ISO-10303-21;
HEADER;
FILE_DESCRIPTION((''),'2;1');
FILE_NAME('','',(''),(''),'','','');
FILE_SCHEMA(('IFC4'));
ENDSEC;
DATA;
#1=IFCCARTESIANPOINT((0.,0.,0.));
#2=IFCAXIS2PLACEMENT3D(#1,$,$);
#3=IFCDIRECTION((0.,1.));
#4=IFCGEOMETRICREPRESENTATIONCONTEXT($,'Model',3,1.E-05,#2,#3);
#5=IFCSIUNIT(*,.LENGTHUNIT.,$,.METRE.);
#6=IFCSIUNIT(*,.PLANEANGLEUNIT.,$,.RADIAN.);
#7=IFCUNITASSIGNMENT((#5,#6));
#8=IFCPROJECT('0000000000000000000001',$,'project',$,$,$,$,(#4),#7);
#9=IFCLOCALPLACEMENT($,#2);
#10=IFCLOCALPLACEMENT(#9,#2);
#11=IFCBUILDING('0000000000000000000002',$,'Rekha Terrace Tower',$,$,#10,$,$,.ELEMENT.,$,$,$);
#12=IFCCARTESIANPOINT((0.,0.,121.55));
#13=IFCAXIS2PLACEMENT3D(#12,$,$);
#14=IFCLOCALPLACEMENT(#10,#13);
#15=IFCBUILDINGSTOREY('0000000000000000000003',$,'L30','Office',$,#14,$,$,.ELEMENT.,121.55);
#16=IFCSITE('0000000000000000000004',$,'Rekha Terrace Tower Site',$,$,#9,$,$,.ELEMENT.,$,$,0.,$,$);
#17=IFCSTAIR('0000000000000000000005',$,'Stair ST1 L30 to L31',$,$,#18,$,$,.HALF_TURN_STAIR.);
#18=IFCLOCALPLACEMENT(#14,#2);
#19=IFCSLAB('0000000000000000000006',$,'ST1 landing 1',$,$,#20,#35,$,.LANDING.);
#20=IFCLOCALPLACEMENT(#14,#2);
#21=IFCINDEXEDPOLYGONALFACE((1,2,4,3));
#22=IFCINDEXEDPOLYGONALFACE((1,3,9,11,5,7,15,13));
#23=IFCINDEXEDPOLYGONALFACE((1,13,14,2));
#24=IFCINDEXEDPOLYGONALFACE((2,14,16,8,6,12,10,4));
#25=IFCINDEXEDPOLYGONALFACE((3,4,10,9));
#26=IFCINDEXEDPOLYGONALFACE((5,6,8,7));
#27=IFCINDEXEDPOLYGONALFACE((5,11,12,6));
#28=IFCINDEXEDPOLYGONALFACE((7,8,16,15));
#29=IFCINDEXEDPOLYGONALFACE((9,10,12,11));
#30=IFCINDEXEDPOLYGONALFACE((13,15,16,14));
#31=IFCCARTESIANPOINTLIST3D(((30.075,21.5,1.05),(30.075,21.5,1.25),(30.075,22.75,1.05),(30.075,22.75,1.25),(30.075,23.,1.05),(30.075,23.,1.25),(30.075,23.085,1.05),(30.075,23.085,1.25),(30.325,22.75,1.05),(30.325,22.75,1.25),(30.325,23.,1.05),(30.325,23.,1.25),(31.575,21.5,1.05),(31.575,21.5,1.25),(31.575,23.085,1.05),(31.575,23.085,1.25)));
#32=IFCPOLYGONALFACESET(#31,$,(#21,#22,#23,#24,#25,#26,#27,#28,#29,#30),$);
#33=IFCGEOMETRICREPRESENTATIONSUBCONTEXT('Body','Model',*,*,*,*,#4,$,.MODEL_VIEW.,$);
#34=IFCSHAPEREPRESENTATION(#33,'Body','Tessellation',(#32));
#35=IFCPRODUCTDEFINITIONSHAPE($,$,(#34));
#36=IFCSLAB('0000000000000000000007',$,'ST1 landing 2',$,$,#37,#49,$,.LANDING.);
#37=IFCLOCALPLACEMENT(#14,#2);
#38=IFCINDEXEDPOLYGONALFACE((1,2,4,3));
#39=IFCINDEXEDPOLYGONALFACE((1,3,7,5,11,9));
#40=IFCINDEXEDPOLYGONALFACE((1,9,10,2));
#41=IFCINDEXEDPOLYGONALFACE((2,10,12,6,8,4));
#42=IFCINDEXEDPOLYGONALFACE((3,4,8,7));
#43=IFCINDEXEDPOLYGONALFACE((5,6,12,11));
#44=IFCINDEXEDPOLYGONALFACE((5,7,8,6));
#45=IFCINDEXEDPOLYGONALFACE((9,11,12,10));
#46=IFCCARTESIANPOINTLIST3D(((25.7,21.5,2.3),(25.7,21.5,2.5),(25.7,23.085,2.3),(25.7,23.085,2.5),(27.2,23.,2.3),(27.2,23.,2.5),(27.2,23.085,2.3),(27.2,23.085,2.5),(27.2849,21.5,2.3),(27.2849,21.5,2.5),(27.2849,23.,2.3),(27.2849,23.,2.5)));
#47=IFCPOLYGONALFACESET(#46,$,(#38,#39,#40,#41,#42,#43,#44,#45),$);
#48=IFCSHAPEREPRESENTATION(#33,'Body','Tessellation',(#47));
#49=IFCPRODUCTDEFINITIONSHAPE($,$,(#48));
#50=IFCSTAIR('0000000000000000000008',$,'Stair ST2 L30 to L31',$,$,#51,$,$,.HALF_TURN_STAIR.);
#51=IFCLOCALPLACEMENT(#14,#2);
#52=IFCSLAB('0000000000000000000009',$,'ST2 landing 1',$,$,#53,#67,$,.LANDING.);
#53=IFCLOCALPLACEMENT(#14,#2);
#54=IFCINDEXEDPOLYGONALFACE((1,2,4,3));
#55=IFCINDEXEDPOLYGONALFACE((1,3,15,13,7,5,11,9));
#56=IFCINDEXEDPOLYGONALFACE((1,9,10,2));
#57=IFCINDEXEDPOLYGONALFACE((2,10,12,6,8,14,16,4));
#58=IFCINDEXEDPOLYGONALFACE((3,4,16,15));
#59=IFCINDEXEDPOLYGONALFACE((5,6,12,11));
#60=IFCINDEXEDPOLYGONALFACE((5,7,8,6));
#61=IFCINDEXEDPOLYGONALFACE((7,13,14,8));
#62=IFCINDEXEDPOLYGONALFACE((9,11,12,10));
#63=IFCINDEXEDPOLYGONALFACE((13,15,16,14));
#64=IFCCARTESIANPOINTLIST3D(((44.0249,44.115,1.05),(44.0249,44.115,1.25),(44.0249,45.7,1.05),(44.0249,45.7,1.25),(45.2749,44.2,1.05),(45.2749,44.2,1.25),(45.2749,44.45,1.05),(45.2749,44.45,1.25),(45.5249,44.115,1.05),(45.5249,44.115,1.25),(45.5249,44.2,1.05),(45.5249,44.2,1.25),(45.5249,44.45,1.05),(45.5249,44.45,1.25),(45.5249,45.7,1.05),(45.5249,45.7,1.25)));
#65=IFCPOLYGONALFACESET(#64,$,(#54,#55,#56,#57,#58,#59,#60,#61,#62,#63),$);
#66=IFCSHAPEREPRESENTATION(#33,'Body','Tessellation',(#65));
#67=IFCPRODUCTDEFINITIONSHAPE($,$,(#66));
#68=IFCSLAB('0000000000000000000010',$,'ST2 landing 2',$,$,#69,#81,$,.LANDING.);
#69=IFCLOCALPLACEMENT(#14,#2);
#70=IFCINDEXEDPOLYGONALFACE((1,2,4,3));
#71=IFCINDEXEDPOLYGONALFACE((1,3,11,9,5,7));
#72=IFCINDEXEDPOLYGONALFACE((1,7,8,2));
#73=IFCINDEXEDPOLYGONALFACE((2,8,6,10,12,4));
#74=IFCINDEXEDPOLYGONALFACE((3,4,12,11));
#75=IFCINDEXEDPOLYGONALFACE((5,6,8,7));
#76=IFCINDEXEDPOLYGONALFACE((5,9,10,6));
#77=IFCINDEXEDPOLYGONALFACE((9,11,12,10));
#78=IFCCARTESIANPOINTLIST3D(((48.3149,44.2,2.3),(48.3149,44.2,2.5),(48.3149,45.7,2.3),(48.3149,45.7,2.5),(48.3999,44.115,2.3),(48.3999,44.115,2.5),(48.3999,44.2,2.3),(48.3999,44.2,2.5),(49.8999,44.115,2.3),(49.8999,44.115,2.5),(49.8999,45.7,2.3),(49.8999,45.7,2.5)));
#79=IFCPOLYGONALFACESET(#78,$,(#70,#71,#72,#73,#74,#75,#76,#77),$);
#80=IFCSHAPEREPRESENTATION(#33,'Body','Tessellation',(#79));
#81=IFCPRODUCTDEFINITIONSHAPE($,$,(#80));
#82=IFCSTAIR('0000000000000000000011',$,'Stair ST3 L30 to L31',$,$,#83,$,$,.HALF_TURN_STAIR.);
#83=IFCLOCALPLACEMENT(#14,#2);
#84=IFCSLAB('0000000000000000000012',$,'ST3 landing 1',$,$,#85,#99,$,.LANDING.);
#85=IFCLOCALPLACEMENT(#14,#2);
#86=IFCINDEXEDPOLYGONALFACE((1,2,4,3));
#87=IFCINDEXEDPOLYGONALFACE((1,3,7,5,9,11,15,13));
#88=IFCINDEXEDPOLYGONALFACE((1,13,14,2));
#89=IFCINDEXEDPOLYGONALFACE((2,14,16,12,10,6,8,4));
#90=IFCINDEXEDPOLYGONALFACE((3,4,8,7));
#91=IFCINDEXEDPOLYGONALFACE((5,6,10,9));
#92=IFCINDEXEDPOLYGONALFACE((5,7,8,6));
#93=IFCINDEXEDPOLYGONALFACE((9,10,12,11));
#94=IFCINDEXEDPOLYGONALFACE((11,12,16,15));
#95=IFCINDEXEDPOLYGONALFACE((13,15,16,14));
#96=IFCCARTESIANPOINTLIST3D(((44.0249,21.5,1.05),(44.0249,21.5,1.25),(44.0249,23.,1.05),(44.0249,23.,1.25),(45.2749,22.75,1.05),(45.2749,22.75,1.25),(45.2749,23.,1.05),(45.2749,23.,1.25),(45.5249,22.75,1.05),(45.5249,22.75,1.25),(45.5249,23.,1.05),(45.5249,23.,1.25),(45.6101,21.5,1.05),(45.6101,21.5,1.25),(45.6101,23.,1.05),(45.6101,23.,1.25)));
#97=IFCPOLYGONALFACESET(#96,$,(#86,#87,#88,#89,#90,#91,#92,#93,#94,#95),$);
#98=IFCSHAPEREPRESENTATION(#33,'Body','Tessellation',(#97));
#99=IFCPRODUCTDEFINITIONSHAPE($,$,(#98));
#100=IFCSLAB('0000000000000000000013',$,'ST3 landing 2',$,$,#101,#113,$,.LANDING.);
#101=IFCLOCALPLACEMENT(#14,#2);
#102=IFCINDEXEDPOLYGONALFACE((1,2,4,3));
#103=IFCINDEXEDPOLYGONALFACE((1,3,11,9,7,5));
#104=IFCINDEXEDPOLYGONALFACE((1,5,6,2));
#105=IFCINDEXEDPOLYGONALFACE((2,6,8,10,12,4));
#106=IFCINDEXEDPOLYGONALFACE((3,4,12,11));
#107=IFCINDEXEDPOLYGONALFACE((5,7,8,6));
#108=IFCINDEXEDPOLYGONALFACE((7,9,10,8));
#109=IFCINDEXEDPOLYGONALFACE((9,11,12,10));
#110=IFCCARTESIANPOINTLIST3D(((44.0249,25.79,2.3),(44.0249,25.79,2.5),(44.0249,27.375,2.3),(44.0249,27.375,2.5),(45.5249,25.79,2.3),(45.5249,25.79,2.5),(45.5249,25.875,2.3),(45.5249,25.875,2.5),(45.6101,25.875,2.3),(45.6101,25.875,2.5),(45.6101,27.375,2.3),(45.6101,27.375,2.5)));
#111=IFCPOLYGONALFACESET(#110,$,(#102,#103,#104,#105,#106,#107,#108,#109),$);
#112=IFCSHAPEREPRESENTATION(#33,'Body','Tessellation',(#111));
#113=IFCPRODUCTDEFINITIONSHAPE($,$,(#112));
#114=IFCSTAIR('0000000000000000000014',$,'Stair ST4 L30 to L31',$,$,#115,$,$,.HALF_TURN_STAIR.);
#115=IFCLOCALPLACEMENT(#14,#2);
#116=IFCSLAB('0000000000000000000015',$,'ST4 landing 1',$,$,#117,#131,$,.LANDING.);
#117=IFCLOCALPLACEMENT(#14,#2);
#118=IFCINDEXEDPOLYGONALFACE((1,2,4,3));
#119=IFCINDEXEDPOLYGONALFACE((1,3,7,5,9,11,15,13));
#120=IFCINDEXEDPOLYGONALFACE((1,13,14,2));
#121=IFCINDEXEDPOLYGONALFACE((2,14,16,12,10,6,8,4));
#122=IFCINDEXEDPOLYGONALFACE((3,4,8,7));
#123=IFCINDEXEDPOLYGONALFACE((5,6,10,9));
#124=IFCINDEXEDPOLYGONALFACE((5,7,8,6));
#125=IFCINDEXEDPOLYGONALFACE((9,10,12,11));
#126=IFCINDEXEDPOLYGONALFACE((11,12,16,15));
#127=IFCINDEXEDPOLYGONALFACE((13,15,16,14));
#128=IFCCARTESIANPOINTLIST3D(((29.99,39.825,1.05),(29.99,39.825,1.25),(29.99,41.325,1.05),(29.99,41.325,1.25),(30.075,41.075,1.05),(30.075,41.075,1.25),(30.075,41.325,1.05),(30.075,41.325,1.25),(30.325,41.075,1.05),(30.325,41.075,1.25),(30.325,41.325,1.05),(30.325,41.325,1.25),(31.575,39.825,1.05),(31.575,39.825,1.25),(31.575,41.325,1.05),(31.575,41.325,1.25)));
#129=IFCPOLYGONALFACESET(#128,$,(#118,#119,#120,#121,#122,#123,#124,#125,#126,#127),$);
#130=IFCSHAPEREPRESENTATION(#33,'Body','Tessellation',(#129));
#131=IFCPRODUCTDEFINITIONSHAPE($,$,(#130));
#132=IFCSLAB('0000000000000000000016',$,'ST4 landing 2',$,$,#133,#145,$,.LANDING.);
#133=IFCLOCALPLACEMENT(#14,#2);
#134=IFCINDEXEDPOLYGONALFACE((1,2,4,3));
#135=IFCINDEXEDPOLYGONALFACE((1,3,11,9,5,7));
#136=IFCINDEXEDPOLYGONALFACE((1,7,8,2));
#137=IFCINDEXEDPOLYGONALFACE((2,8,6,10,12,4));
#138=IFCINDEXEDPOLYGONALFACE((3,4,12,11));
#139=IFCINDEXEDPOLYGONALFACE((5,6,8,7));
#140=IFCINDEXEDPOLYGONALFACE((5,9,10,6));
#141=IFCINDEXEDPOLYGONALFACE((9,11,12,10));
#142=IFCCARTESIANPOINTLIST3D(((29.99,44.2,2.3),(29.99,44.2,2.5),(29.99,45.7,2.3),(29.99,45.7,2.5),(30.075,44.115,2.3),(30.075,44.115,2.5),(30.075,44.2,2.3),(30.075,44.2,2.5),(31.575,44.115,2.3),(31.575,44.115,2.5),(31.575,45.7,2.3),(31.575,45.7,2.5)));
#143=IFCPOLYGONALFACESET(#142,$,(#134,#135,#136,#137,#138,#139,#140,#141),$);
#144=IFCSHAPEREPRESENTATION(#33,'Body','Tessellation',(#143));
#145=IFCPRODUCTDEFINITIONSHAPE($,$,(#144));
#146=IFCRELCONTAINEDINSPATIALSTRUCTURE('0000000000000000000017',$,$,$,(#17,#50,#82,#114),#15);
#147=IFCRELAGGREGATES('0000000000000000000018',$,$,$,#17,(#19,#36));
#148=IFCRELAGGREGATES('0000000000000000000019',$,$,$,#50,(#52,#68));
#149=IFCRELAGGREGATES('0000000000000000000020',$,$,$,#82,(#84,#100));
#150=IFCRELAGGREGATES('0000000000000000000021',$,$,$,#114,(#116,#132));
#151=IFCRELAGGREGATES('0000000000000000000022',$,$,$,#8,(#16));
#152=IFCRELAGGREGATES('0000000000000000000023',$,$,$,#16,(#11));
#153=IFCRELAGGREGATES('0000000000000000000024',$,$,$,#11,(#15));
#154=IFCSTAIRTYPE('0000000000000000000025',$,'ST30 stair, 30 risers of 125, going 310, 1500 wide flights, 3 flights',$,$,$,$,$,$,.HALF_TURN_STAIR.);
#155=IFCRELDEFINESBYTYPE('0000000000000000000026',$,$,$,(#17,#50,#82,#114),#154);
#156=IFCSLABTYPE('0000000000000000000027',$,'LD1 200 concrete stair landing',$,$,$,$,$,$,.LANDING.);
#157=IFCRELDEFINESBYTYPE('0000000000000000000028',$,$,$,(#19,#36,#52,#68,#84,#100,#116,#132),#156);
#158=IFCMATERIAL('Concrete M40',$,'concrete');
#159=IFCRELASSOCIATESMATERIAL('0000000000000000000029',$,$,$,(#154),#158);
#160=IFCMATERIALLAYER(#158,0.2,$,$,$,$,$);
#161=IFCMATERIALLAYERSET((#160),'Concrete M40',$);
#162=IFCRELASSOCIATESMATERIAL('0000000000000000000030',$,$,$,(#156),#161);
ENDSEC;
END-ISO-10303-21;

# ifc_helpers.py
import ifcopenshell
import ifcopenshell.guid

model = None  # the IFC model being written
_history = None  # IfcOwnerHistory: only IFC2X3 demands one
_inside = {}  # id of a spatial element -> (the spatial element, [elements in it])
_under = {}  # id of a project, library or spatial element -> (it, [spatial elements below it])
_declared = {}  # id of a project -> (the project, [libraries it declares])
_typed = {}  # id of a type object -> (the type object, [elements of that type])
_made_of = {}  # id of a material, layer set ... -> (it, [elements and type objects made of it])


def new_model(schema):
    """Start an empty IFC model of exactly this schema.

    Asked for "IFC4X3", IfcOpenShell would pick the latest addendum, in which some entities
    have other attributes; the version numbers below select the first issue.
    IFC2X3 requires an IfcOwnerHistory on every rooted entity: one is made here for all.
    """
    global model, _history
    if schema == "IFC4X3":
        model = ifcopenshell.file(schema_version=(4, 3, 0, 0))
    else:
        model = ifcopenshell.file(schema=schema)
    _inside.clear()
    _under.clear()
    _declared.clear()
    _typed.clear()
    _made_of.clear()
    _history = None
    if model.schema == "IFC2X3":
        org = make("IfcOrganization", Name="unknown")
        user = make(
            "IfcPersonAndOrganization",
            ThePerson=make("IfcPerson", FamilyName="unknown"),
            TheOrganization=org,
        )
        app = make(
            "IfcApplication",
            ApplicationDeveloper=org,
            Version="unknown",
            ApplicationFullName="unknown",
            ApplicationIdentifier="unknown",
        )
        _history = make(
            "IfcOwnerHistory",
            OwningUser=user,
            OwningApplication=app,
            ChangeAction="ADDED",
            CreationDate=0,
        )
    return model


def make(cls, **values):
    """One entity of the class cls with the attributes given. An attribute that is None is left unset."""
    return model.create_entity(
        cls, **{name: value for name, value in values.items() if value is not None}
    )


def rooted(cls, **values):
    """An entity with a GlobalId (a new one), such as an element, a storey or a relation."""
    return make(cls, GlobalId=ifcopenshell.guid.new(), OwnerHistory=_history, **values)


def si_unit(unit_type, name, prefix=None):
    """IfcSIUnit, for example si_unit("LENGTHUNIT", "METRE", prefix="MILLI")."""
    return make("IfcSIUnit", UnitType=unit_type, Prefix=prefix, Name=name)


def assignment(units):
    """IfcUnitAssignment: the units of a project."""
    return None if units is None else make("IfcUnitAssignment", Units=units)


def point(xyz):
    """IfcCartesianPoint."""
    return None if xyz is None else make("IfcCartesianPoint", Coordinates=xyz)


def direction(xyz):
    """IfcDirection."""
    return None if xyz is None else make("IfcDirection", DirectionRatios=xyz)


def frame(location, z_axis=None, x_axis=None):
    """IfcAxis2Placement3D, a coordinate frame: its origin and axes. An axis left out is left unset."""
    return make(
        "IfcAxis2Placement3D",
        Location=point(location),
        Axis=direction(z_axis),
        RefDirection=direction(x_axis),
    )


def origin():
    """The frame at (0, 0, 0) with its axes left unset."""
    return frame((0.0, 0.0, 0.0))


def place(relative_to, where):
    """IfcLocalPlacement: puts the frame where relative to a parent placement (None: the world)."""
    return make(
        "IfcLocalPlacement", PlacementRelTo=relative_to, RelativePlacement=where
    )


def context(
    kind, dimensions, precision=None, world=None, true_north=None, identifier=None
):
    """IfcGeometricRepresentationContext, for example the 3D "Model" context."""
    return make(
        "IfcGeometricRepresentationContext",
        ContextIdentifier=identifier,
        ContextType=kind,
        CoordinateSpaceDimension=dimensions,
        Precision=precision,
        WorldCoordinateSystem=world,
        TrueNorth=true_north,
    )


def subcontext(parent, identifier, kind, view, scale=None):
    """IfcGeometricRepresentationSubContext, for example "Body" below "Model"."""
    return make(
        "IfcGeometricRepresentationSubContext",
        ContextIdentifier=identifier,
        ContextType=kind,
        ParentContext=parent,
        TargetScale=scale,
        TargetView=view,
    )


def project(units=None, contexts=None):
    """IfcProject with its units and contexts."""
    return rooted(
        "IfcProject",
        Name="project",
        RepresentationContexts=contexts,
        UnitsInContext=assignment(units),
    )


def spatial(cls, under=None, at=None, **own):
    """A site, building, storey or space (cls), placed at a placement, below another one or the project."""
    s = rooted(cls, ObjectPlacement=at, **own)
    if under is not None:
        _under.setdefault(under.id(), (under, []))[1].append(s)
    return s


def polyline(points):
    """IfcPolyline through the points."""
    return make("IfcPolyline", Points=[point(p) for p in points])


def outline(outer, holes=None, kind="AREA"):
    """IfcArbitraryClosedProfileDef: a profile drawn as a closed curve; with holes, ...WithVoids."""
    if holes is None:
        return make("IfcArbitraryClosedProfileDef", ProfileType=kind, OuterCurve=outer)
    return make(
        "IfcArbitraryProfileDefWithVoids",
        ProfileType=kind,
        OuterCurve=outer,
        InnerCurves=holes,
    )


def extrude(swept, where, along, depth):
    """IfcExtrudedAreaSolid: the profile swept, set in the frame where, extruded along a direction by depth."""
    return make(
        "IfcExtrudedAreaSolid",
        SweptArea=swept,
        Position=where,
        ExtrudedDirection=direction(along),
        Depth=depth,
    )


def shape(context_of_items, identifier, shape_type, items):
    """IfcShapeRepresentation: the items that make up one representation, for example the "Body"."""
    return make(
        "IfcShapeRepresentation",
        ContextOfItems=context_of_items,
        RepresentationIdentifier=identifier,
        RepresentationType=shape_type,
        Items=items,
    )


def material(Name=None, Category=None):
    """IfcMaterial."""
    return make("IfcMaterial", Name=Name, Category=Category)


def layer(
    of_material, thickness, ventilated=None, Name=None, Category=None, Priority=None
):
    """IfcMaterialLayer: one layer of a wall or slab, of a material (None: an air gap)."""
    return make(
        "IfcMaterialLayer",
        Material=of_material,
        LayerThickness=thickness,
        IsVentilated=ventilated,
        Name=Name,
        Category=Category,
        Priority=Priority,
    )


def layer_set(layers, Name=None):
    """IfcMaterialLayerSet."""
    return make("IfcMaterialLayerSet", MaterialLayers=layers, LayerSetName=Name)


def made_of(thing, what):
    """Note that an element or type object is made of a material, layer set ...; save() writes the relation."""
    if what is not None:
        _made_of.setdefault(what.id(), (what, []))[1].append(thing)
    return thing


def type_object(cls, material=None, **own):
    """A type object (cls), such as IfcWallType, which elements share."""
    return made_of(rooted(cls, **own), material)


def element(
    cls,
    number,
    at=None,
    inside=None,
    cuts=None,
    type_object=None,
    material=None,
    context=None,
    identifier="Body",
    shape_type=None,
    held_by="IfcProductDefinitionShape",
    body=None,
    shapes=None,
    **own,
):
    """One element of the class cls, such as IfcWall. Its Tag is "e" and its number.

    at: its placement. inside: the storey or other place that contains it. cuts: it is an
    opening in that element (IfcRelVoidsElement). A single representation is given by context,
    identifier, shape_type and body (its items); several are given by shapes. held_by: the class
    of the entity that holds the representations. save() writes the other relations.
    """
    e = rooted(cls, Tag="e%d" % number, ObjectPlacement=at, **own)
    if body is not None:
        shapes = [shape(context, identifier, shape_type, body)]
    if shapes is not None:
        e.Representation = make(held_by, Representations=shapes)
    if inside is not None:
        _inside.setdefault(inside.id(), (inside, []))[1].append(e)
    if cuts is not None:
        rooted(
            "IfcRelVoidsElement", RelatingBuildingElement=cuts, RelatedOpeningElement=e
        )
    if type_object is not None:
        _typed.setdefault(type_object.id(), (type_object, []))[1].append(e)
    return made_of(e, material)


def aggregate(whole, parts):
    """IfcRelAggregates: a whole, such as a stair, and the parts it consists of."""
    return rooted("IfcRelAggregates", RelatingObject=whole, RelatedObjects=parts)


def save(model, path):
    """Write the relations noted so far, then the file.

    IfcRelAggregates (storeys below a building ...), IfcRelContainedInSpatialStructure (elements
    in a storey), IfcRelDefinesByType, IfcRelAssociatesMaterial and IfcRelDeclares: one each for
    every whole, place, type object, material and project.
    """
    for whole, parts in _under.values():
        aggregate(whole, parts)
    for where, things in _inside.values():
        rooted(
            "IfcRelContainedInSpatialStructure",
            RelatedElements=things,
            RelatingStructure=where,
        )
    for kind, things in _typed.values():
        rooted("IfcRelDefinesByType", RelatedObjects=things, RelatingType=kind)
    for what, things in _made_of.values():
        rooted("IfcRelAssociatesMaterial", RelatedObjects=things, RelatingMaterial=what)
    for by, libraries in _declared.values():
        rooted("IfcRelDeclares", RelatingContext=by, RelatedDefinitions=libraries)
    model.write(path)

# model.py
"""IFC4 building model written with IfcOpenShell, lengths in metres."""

from ifc_helpers import new_model, si_unit, direction, frame, origin, place, context, subcontext, project, spatial, polyline, outline, extrude, material, layer, layer_set, type_object, element, aggregate, save


model = new_model("IFC4")

# Units and contexts
model_context = context("Model", 3, precision=1e-05, world=origin(), true_north=direction((0.0, 1.0)))
body_context = subcontext(model_context, "Body", "Model", "MODEL_VIEW")
ifc_project = project(units=[si_unit("LENGTHUNIT", "METRE"), si_unit("PLANEANGLEUNIT", "RADIAN")], contexts=[model_context])

# Site, building, storey
site_placement = place(None, origin())
site = spatial("IfcSite", under=ifc_project, at=site_placement, Name="Rekha Terrace Tower Site", CompositionType="ELEMENT", RefElevation=0.0)
building_placement = place(site_placement, origin())
building = spatial("IfcBuilding", under=site, at=building_placement, Name="Rekha Terrace Tower", CompositionType="ELEMENT")
storey_placement = place(building_placement, frame((0.0, 0.0, 121.55)))
storey = spatial("IfcBuildingStorey", under=building, at=storey_placement, Name="L30", Description="Office", CompositionType="ELEMENT", Elevation=121.55)

# Stairs, slabs
ifc_material_1 = material(Name="Concrete M40", Category="concrete")
stair_type = type_object("IfcStairType", Name="ST30 stair, 30 risers of 125, going 310, 1500 wide flights, 3 flights", PredefinedType="HALF_TURN_STAIR", material=ifc_material_1)
stair_1_placement = place(storey_placement, origin())
stair_1 = element("IfcStair", 1, at=stair_1_placement, inside=storey, type_object=stair_type, Name="Stair ST1 L30 to L31", PredefinedType="HALF_TURN_STAIR")
ifc_layer_1 = layer(ifc_material_1, 0.2)
ifc_layer_set_1 = layer_set([ifc_layer_1], Name="Concrete M40")
slab_type_1 = type_object("IfcSlabType", Name="LD1 200 concrete stair landing", PredefinedType="LANDING", material=ifc_layer_set_1)
slab_1_placement = place(storey_placement, frame((0.0, 0.0, 1.05)))
slab_1 = element("IfcSlab", 2, at=slab_1_placement, type_object=slab_type_1, Name="ST1 landing 1", PredefinedType="LANDING", context=body_context, shape_type="SweptSolid", body=[
    extrude(outline(polyline([(30.075, 21.5), (31.575, 21.5), (31.575, 23.085), (30.075, 23.085), (30.075, 23.0), (30.325, 23.0), (30.325, 22.75), (30.075, 22.75), (30.075, 21.5)])), origin(), (0.0, 0.0, 1.0), 0.2),
])
slab_2_placement = place(storey_placement, frame((0.0, 0.0, 2.3)))
slab_2 = element("IfcSlab", 3, at=slab_2_placement, type_object=slab_type_1, Name="ST1 landing 2", PredefinedType="LANDING", context=body_context, shape_type="SweptSolid", body=[
    extrude(outline(polyline([(27.2, 23.085), (25.7, 23.085), (25.7, 21.5), (27.2849, 21.5), (27.2849, 23.0), (27.2, 23.0), (27.2, 23.085)])), origin(), (0.0, 0.0, 1.0), 0.2),
])
aggregate(stair_1, [slab_1, slab_2])
stair_2_placement = place(storey_placement, origin())
stair_2 = element("IfcStair", 4, at=stair_2_placement, inside=storey, type_object=stair_type, Name="Stair ST2 L30 to L31", PredefinedType="HALF_TURN_STAIR")
slab_3_placement = place(storey_placement, frame((0.0, 0.0, 1.05)))
slab_3 = element("IfcSlab", 5, at=slab_3_placement, type_object=slab_type_1, Name="ST2 landing 1", PredefinedType="LANDING", context=body_context, shape_type="SweptSolid", body=[
    extrude(outline(polyline([(45.5249, 45.7), (44.0249, 45.7), (44.0249, 44.115), (45.5249, 44.115), (45.5249, 44.2), (45.2749, 44.2), (45.2749, 44.45), (45.5249, 44.45), (45.5249, 45.7)])), origin(), (0.0, 0.0, 1.0), 0.2),
])
slab_4_placement = place(storey_placement, frame((0.0, 0.0, 2.3)))
slab_4 = element("IfcSlab", 6, at=slab_4_placement, type_object=slab_type_1, Name="ST2 landing 2", PredefinedType="LANDING", context=body_context, shape_type="SweptSolid", body=[
    extrude(outline(polyline([(48.3999, 44.115), (49.8999, 44.115), (49.8999, 45.7), (48.3149, 45.7), (48.3149, 44.2), (48.3999, 44.2), (48.3999, 44.115)])), origin(), (0.0, 0.0, 1.0), 0.2),
])
aggregate(stair_2, [slab_3, slab_4])
stair_3_placement = place(storey_placement, origin())
stair_3 = element("IfcStair", 7, at=stair_3_placement, inside=storey, type_object=stair_type, Name="Stair ST3 L30 to L31", PredefinedType="HALF_TURN_STAIR")
slab_5_placement = place(storey_placement, frame((0.0, 0.0, 1.05)))
slab_5 = element("IfcSlab", 8, at=slab_5_placement, type_object=slab_type_1, Name="ST3 landing 1", PredefinedType="LANDING", context=body_context, shape_type="SweptSolid", body=[
    extrude(outline(polyline([(44.0249, 23.0), (44.0249, 21.5), (45.6101, 21.5), (45.6101, 23.0), (45.5249, 23.0), (45.5249, 22.75), (45.2749, 22.75), (45.2749, 23.0), (44.0249, 23.0)])), origin(), (0.0, 0.0, 1.0), 0.2),
])
slab_6_placement = place(storey_placement, frame((0.0, 0.0, 2.3)))
slab_6 = element("IfcSlab", 9, at=slab_6_placement, type_object=slab_type_1, Name="ST3 landing 2", PredefinedType="LANDING", context=body_context, shape_type="SweptSolid", body=[
    extrude(outline(polyline([(45.6101, 25.875), (45.6101, 27.375), (44.0249, 27.375), (44.0249, 25.79), (45.5249, 25.79), (45.5249, 25.875), (45.6101, 25.875)])), origin(), (0.0, 0.0, 1.0), 0.2),
])
aggregate(stair_3, [slab_5, slab_6])
stair_4_placement = place(storey_placement, origin())
stair_4 = element("IfcStair", 10, at=stair_4_placement, inside=storey, type_object=stair_type, Name="Stair ST4 L30 to L31", PredefinedType="HALF_TURN_STAIR")
slab_7_placement = place(storey_placement, frame((0.0, 0.0, 1.05)))
slab_7 = element("IfcSlab", 11, at=slab_7_placement, type_object=slab_type_1, Name="ST4 landing 1", PredefinedType="LANDING", context=body_context, shape_type="SweptSolid", body=[
    extrude(outline(polyline([(31.575, 41.325), (31.575, 39.825), (29.99, 39.825), (29.99, 41.325), (30.075, 41.325), (30.075, 41.075), (30.325, 41.075), (30.325, 41.325), (31.575, 41.325)])), origin(), (0.0, 0.0, 1.0), 0.2),
])
slab_8_placement = place(storey_placement, frame((0.0, 0.0, 2.3)))
slab_8 = element("IfcSlab", 12, at=slab_8_placement, type_object=slab_type_1, Name="ST4 landing 2", PredefinedType="LANDING", context=body_context, shape_type="SweptSolid", body=[
    extrude(outline(polyline([(29.99, 44.2), (29.99, 45.7), (31.575, 45.7), (31.575, 44.115), (30.075, 44.115), (30.075, 44.2), (29.99, 44.2)])), origin(), (0.0, 0.0, 1.0), 0.2),
])
aggregate(stair_4, [slab_7, slab_8])

save(model, "model.ifc")
